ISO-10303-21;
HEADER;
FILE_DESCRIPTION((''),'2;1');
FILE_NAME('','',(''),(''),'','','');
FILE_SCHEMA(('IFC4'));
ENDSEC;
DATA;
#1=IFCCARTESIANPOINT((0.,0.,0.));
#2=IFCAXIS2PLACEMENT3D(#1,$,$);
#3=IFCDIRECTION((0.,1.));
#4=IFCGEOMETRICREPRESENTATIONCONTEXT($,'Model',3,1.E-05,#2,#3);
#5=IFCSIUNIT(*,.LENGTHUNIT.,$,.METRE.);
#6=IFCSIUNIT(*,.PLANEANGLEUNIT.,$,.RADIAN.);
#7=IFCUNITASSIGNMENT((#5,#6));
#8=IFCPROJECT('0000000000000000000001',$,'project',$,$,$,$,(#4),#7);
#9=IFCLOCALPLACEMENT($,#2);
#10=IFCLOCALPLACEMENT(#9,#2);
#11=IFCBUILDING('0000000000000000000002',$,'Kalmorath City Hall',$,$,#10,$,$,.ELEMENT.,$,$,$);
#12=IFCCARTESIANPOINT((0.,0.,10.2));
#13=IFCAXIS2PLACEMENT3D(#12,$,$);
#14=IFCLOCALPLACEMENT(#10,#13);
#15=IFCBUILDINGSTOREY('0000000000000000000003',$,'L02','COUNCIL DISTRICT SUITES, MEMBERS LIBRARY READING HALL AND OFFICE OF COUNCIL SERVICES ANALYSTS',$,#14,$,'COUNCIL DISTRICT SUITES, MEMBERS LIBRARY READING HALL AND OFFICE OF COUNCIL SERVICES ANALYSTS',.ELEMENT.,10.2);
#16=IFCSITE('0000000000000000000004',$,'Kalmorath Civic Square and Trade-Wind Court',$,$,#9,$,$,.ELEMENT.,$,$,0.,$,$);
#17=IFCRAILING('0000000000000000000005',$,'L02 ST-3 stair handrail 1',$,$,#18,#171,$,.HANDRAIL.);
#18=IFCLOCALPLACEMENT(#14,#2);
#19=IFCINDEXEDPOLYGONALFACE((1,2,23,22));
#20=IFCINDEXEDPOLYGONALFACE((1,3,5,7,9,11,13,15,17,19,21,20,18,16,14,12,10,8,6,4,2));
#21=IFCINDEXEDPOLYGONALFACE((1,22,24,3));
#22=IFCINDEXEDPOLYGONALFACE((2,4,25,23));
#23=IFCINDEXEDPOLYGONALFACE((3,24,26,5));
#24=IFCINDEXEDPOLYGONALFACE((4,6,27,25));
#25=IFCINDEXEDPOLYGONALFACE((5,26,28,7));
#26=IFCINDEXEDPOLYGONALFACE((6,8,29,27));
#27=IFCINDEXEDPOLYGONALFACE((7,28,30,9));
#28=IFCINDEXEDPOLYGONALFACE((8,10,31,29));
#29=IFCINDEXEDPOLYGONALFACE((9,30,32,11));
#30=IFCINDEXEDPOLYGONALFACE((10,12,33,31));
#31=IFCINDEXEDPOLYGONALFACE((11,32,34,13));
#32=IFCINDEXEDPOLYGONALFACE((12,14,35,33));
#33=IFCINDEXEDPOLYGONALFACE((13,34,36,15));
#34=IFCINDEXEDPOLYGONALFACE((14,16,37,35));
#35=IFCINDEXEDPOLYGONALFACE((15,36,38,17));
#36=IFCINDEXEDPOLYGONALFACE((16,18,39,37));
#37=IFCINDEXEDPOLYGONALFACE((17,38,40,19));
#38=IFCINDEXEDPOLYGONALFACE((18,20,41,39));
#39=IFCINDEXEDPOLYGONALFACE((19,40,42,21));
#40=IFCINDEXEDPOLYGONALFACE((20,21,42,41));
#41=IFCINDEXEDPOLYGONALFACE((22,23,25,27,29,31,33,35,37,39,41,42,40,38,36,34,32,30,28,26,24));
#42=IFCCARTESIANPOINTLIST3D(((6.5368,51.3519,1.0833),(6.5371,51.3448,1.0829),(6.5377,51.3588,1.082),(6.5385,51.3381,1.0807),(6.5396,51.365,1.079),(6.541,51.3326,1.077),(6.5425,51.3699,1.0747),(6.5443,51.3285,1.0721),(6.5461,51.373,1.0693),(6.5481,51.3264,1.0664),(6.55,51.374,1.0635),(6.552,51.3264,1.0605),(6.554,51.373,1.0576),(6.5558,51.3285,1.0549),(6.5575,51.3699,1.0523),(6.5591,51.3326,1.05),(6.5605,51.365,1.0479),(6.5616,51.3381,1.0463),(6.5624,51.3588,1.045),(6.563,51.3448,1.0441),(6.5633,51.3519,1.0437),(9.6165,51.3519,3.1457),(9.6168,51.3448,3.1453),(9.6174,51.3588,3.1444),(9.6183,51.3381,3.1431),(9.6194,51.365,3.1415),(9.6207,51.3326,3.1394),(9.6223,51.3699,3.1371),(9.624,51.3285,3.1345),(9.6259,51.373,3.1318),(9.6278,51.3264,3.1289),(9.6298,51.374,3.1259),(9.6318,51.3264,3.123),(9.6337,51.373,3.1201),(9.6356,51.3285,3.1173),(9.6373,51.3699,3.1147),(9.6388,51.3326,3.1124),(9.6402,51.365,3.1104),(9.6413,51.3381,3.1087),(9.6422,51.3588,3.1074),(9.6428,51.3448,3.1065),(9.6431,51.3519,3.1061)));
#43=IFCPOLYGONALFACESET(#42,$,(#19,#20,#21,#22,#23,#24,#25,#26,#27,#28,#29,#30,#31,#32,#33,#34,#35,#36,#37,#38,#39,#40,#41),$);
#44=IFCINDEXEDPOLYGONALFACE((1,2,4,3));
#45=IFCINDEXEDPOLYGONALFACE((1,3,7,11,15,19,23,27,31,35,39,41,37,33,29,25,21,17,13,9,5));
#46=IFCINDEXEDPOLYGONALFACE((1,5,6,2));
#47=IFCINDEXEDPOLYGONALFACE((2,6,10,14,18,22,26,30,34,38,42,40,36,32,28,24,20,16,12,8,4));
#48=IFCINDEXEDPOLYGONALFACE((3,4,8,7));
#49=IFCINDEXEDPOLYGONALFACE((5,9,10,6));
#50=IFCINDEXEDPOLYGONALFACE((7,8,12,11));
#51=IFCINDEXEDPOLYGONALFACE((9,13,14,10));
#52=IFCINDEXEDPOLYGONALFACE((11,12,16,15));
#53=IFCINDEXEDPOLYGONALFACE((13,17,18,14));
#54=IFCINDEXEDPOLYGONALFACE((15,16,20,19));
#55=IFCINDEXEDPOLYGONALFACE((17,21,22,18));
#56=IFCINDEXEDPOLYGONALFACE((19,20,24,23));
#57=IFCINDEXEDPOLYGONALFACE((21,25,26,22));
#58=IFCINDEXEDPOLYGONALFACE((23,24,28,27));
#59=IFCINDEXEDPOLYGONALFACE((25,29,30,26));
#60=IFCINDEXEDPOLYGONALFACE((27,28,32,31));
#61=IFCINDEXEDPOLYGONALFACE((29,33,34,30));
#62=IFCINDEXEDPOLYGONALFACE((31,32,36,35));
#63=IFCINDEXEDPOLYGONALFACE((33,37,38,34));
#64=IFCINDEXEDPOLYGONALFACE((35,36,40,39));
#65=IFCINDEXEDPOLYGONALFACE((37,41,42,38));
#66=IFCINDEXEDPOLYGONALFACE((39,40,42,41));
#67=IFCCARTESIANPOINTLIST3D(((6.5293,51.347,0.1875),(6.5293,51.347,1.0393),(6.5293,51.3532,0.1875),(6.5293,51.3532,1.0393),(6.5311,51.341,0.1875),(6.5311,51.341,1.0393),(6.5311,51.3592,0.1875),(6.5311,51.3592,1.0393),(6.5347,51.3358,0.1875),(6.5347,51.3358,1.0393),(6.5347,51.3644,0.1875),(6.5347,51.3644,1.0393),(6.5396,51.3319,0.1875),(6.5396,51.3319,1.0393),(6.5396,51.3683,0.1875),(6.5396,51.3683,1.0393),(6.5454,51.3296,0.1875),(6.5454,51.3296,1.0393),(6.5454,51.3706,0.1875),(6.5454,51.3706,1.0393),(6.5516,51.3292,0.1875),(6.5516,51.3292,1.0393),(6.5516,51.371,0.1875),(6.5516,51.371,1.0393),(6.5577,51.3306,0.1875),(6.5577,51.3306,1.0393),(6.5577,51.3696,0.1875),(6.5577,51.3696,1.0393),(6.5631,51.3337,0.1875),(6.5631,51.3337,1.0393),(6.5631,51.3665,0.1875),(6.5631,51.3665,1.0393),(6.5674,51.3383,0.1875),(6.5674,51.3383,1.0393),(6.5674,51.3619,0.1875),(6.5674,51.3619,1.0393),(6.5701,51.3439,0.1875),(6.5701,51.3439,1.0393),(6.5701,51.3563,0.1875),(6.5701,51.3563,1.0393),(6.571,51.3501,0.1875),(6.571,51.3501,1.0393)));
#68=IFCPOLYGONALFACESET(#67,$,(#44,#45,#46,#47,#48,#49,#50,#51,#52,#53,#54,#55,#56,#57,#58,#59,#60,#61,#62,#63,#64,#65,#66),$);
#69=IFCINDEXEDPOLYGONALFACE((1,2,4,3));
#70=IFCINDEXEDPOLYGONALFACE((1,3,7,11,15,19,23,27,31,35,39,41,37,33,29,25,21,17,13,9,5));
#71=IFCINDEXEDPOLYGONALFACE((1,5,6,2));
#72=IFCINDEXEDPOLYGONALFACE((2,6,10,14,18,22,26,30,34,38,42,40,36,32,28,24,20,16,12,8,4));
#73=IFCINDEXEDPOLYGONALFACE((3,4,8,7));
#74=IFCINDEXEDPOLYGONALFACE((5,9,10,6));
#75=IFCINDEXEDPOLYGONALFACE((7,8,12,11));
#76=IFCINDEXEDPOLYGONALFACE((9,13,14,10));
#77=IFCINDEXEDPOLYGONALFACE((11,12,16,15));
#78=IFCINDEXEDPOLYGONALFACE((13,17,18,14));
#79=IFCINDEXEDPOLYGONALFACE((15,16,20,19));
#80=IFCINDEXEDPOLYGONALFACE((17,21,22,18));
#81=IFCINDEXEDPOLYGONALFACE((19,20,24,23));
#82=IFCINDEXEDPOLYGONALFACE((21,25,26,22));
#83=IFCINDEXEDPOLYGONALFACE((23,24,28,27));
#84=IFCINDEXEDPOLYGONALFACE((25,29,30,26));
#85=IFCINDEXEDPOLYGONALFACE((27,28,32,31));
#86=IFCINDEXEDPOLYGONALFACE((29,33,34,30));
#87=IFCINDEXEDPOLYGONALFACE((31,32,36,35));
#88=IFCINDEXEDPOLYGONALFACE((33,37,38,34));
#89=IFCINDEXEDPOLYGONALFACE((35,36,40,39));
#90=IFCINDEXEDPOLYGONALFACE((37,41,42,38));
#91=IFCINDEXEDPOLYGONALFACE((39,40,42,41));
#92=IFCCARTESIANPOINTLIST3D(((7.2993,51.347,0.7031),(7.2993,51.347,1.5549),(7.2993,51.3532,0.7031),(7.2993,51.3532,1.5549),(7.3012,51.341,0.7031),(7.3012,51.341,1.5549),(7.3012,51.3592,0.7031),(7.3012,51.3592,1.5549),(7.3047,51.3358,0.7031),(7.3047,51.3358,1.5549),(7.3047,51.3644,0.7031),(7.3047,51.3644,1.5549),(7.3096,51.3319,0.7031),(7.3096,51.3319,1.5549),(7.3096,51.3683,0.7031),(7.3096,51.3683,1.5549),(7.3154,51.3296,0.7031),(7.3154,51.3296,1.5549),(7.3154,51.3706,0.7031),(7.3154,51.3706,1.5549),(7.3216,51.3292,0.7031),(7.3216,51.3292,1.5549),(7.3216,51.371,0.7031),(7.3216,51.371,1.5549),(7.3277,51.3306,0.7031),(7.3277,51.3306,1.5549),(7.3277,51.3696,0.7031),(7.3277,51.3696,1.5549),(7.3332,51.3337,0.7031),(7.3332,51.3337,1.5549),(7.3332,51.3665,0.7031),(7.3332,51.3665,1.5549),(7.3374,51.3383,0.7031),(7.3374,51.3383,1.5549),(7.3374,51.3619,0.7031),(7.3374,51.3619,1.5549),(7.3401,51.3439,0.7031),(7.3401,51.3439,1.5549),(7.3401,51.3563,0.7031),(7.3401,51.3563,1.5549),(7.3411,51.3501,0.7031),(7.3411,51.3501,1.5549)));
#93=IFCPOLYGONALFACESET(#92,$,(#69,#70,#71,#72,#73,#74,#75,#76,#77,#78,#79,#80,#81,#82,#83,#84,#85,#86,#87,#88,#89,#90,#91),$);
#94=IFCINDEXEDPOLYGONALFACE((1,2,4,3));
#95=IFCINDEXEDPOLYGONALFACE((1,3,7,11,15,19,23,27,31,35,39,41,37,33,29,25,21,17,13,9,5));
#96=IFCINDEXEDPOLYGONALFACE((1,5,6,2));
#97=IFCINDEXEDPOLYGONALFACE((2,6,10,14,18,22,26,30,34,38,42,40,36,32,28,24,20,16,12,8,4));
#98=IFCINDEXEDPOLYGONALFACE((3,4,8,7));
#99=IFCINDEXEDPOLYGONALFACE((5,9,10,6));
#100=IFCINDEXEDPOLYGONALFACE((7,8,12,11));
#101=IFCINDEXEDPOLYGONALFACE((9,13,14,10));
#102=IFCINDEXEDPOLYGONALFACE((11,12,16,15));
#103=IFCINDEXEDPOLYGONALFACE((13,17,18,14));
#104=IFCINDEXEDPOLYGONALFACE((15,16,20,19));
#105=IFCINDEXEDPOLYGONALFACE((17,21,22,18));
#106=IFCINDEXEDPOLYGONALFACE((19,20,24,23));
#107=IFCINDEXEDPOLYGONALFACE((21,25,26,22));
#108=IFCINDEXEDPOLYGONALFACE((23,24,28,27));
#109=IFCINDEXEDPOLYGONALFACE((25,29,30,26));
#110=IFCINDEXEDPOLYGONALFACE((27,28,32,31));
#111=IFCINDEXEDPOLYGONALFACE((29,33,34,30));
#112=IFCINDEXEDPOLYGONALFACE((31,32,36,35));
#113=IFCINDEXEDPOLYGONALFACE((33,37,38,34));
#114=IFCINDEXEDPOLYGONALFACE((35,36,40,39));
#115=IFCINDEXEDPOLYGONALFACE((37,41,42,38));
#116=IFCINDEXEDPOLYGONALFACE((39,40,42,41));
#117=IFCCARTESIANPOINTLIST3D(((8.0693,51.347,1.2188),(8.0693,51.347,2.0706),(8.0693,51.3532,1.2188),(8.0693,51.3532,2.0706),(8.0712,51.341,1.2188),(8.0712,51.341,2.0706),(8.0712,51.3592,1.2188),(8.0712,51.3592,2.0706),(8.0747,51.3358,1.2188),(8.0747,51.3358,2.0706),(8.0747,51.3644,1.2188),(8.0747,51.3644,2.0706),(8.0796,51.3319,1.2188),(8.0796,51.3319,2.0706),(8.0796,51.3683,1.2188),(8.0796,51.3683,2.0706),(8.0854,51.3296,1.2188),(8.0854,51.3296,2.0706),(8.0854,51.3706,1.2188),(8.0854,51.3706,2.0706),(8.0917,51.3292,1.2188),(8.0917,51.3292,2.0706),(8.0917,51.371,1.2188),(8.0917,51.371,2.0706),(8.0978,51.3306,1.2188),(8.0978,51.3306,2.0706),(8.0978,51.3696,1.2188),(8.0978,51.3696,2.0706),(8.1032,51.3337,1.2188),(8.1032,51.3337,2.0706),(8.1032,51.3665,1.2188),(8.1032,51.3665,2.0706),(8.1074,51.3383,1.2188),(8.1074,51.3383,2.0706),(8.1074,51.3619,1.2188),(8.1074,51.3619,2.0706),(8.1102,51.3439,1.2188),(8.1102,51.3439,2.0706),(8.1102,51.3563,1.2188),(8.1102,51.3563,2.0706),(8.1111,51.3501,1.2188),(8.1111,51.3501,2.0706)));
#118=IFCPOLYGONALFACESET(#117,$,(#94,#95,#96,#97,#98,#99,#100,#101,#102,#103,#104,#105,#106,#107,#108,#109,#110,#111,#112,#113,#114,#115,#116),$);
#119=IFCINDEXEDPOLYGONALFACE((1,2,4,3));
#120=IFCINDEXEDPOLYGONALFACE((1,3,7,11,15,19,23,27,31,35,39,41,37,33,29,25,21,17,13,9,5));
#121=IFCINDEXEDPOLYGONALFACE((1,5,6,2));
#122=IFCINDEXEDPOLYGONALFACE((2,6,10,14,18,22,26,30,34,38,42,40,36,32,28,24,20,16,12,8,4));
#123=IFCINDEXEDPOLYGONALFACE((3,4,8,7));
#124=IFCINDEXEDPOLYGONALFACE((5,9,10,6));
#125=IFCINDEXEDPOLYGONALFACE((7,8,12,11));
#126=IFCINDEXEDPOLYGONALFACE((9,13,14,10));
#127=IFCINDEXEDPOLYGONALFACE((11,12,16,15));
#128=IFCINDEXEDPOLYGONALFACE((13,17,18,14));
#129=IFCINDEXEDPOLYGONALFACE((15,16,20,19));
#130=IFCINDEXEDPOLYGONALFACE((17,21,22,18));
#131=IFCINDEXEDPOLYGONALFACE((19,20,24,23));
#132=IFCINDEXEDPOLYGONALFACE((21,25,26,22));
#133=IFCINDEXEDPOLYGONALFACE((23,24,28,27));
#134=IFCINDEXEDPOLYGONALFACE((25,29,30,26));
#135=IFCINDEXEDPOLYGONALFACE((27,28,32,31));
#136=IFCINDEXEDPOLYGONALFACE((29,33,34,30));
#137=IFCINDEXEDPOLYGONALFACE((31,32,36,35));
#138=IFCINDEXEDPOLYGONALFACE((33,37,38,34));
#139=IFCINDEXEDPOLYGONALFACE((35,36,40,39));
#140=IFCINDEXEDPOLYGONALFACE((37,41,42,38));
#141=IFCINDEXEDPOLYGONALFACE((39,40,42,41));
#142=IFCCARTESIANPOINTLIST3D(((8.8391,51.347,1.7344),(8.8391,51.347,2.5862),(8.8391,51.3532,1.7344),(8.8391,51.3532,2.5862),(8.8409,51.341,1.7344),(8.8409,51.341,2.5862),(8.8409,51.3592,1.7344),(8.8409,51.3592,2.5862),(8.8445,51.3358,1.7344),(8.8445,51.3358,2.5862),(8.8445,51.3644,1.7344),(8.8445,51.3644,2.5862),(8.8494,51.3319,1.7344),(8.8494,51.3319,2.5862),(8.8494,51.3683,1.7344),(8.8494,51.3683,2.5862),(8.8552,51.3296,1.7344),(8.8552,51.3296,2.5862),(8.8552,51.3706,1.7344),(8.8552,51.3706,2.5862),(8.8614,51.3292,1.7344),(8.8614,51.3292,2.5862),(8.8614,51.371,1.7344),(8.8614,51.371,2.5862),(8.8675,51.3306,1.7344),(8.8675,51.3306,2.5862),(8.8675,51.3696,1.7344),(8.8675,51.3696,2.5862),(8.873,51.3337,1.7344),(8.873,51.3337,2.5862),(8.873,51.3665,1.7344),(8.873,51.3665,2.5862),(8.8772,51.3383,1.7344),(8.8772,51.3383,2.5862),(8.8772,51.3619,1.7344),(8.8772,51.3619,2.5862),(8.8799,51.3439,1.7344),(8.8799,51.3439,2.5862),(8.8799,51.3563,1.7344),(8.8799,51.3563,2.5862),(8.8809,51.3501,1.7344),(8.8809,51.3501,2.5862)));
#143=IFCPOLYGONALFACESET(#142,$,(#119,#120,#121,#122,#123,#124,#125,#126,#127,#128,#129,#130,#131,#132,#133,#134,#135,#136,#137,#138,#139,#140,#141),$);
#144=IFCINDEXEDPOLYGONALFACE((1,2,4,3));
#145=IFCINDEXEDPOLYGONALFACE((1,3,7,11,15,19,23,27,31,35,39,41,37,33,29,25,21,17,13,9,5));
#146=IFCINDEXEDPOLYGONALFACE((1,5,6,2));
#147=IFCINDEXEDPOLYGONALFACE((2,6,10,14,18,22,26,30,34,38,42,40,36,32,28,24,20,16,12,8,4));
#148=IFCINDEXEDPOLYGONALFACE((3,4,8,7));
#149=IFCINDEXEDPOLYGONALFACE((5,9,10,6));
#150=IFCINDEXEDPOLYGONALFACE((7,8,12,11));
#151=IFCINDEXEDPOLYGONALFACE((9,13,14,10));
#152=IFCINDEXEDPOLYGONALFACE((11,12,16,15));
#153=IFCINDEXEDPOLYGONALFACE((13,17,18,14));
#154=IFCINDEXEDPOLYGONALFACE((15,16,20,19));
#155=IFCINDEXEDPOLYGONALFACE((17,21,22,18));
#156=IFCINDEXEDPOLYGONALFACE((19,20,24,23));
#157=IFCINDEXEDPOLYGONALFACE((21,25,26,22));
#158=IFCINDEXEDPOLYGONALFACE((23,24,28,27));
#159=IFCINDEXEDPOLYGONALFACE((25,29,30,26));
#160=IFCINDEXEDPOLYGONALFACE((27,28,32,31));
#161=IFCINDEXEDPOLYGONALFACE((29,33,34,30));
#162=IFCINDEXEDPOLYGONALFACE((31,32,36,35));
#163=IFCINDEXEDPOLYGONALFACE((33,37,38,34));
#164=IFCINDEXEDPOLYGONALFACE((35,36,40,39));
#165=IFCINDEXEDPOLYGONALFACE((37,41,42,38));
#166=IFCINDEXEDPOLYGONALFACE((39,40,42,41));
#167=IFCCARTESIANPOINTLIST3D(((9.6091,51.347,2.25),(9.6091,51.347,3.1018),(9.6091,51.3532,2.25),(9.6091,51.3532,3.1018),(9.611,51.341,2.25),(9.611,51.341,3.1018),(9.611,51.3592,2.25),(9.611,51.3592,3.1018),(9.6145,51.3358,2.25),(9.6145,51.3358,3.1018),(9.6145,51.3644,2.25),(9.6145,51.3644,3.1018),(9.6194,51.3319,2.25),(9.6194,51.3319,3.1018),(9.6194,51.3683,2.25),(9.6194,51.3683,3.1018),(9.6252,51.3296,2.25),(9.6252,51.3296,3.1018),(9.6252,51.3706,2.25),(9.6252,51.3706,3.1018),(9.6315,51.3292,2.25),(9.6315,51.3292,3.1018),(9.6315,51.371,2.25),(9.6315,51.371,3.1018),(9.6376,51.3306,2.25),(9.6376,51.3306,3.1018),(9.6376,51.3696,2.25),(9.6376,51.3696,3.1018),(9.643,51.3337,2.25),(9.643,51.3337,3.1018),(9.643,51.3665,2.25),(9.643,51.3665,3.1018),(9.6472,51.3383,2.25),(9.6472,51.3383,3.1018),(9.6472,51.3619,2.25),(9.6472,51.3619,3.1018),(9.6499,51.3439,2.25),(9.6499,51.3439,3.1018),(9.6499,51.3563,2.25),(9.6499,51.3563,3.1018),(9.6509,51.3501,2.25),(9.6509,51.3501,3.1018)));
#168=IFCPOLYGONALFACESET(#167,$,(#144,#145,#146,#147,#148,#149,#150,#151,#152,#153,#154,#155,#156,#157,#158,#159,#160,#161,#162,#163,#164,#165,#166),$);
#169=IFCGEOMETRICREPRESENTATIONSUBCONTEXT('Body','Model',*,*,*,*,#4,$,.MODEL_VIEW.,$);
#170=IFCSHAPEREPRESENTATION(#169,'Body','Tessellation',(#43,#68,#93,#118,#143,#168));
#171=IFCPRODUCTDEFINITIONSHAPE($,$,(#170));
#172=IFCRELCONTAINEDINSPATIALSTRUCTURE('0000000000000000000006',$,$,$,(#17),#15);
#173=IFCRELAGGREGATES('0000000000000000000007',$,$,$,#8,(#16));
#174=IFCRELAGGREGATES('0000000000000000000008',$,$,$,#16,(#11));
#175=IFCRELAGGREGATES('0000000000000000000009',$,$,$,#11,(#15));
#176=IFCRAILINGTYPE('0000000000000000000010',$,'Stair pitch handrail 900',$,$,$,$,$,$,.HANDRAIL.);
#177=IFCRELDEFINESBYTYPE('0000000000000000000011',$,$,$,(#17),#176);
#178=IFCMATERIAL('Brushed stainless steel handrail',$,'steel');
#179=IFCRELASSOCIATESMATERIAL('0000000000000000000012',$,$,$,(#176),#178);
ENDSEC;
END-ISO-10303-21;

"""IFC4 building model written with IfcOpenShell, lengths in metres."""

from ifc_helpers import new_model, si_unit, direction, frame, origin, origin_2d, place, context, subcontext, project, spatial, circle, extrude, material, type_object, element, save


model = new_model("IFC4")

# Units and contexts
model_context = context("Model", 3, precision=1e-05, world=origin(), true_north=direction((0.0, 1.0)))
body_context = subcontext(model_context, "Body", "Model", "MODEL_VIEW")
ifc_project = project(units=[si_unit("LENGTHUNIT", "METRE"), si_unit("PLANEANGLEUNIT", "RADIAN")], contexts=[model_context])

# Site, building, storey
site_placement = place(None, origin())
site = spatial("IfcSite", under=ifc_project, at=site_placement, Name="Kalmorath Civic Square and Trade-Wind Court", CompositionType="ELEMENT", RefElevation=0.0)
building_placement = place(site_placement, origin())
building = spatial("IfcBuilding", under=site, at=building_placement, Name="Kalmorath City Hall", CompositionType="ELEMENT")
storey_placement = place(building_placement, frame((0.0, 0.0, 10.2)))
storey = spatial("IfcBuildingStorey", under=building, at=storey_placement, Name="L02", Description="COUNCIL DISTRICT SUITES, MEMBERS LIBRARY READING HALL AND OFFICE OF COUNCIL SERVICES ANALYSTS", LongName="COUNCIL DISTRICT SUITES, MEMBERS LIBRARY READING HALL AND OFFICE OF COUNCIL SERVICES ANALYSTS", CompositionType="ELEMENT", Elevation=10.2)

# Railing
ifc_material_1 = material(Name="Brushed stainless steel handrail", Category="steel")
railing_type_1 = type_object("IfcRailingType", Name="Stair pitch handrail 900", PredefinedType="HANDRAIL", material=ifc_material_1)
railing_1_placement = place(storey_placement, frame((6.55, 51.3501, 0.1875)))
element("IfcRailing", 1, at=railing_1_placement, inside=storey, type_object=railing_type_1, Name="L02 ST-3 stair handrail 1", PredefinedType="HANDRAIL", context=body_context, shape_type="SweptSolid", body=[
    extrude(circle(Radius=0.0239, at=origin_2d()), frame((0.0, 0.0, 0.876), z_axis=(0.830893, 0.0, 0.556432), x_axis=(0.0, 1.0, 0.0)), (0.0, 0.0, 1.0), 3.7065),
    extrude(circle(Radius=0.021, at=origin_2d()), origin(), (0.0, 0.0, 1.0), 0.8518),
    extrude(circle(Radius=0.021, at=origin_2d()), frame((0.77, 0.0, 0.5156)), (0.0, 0.0, 1.0), 0.8518),
    extrude(circle(Radius=0.021, at=origin_2d()), frame((1.54, 0.0, 1.0312)), (0.0, 0.0, 1.0), 0.8518),
    extrude(circle(Radius=0.021, at=origin_2d()), frame((2.3098, 0.0, 1.5469)), (0.0, 0.0, 1.0), 0.8518),
    extrude(circle(Radius=0.021, at=origin_2d()), frame((3.0798, 0.0, 2.0625)), (0.0, 0.0, 1.0), 0.8518),
])

save(model, "model.ifc")
